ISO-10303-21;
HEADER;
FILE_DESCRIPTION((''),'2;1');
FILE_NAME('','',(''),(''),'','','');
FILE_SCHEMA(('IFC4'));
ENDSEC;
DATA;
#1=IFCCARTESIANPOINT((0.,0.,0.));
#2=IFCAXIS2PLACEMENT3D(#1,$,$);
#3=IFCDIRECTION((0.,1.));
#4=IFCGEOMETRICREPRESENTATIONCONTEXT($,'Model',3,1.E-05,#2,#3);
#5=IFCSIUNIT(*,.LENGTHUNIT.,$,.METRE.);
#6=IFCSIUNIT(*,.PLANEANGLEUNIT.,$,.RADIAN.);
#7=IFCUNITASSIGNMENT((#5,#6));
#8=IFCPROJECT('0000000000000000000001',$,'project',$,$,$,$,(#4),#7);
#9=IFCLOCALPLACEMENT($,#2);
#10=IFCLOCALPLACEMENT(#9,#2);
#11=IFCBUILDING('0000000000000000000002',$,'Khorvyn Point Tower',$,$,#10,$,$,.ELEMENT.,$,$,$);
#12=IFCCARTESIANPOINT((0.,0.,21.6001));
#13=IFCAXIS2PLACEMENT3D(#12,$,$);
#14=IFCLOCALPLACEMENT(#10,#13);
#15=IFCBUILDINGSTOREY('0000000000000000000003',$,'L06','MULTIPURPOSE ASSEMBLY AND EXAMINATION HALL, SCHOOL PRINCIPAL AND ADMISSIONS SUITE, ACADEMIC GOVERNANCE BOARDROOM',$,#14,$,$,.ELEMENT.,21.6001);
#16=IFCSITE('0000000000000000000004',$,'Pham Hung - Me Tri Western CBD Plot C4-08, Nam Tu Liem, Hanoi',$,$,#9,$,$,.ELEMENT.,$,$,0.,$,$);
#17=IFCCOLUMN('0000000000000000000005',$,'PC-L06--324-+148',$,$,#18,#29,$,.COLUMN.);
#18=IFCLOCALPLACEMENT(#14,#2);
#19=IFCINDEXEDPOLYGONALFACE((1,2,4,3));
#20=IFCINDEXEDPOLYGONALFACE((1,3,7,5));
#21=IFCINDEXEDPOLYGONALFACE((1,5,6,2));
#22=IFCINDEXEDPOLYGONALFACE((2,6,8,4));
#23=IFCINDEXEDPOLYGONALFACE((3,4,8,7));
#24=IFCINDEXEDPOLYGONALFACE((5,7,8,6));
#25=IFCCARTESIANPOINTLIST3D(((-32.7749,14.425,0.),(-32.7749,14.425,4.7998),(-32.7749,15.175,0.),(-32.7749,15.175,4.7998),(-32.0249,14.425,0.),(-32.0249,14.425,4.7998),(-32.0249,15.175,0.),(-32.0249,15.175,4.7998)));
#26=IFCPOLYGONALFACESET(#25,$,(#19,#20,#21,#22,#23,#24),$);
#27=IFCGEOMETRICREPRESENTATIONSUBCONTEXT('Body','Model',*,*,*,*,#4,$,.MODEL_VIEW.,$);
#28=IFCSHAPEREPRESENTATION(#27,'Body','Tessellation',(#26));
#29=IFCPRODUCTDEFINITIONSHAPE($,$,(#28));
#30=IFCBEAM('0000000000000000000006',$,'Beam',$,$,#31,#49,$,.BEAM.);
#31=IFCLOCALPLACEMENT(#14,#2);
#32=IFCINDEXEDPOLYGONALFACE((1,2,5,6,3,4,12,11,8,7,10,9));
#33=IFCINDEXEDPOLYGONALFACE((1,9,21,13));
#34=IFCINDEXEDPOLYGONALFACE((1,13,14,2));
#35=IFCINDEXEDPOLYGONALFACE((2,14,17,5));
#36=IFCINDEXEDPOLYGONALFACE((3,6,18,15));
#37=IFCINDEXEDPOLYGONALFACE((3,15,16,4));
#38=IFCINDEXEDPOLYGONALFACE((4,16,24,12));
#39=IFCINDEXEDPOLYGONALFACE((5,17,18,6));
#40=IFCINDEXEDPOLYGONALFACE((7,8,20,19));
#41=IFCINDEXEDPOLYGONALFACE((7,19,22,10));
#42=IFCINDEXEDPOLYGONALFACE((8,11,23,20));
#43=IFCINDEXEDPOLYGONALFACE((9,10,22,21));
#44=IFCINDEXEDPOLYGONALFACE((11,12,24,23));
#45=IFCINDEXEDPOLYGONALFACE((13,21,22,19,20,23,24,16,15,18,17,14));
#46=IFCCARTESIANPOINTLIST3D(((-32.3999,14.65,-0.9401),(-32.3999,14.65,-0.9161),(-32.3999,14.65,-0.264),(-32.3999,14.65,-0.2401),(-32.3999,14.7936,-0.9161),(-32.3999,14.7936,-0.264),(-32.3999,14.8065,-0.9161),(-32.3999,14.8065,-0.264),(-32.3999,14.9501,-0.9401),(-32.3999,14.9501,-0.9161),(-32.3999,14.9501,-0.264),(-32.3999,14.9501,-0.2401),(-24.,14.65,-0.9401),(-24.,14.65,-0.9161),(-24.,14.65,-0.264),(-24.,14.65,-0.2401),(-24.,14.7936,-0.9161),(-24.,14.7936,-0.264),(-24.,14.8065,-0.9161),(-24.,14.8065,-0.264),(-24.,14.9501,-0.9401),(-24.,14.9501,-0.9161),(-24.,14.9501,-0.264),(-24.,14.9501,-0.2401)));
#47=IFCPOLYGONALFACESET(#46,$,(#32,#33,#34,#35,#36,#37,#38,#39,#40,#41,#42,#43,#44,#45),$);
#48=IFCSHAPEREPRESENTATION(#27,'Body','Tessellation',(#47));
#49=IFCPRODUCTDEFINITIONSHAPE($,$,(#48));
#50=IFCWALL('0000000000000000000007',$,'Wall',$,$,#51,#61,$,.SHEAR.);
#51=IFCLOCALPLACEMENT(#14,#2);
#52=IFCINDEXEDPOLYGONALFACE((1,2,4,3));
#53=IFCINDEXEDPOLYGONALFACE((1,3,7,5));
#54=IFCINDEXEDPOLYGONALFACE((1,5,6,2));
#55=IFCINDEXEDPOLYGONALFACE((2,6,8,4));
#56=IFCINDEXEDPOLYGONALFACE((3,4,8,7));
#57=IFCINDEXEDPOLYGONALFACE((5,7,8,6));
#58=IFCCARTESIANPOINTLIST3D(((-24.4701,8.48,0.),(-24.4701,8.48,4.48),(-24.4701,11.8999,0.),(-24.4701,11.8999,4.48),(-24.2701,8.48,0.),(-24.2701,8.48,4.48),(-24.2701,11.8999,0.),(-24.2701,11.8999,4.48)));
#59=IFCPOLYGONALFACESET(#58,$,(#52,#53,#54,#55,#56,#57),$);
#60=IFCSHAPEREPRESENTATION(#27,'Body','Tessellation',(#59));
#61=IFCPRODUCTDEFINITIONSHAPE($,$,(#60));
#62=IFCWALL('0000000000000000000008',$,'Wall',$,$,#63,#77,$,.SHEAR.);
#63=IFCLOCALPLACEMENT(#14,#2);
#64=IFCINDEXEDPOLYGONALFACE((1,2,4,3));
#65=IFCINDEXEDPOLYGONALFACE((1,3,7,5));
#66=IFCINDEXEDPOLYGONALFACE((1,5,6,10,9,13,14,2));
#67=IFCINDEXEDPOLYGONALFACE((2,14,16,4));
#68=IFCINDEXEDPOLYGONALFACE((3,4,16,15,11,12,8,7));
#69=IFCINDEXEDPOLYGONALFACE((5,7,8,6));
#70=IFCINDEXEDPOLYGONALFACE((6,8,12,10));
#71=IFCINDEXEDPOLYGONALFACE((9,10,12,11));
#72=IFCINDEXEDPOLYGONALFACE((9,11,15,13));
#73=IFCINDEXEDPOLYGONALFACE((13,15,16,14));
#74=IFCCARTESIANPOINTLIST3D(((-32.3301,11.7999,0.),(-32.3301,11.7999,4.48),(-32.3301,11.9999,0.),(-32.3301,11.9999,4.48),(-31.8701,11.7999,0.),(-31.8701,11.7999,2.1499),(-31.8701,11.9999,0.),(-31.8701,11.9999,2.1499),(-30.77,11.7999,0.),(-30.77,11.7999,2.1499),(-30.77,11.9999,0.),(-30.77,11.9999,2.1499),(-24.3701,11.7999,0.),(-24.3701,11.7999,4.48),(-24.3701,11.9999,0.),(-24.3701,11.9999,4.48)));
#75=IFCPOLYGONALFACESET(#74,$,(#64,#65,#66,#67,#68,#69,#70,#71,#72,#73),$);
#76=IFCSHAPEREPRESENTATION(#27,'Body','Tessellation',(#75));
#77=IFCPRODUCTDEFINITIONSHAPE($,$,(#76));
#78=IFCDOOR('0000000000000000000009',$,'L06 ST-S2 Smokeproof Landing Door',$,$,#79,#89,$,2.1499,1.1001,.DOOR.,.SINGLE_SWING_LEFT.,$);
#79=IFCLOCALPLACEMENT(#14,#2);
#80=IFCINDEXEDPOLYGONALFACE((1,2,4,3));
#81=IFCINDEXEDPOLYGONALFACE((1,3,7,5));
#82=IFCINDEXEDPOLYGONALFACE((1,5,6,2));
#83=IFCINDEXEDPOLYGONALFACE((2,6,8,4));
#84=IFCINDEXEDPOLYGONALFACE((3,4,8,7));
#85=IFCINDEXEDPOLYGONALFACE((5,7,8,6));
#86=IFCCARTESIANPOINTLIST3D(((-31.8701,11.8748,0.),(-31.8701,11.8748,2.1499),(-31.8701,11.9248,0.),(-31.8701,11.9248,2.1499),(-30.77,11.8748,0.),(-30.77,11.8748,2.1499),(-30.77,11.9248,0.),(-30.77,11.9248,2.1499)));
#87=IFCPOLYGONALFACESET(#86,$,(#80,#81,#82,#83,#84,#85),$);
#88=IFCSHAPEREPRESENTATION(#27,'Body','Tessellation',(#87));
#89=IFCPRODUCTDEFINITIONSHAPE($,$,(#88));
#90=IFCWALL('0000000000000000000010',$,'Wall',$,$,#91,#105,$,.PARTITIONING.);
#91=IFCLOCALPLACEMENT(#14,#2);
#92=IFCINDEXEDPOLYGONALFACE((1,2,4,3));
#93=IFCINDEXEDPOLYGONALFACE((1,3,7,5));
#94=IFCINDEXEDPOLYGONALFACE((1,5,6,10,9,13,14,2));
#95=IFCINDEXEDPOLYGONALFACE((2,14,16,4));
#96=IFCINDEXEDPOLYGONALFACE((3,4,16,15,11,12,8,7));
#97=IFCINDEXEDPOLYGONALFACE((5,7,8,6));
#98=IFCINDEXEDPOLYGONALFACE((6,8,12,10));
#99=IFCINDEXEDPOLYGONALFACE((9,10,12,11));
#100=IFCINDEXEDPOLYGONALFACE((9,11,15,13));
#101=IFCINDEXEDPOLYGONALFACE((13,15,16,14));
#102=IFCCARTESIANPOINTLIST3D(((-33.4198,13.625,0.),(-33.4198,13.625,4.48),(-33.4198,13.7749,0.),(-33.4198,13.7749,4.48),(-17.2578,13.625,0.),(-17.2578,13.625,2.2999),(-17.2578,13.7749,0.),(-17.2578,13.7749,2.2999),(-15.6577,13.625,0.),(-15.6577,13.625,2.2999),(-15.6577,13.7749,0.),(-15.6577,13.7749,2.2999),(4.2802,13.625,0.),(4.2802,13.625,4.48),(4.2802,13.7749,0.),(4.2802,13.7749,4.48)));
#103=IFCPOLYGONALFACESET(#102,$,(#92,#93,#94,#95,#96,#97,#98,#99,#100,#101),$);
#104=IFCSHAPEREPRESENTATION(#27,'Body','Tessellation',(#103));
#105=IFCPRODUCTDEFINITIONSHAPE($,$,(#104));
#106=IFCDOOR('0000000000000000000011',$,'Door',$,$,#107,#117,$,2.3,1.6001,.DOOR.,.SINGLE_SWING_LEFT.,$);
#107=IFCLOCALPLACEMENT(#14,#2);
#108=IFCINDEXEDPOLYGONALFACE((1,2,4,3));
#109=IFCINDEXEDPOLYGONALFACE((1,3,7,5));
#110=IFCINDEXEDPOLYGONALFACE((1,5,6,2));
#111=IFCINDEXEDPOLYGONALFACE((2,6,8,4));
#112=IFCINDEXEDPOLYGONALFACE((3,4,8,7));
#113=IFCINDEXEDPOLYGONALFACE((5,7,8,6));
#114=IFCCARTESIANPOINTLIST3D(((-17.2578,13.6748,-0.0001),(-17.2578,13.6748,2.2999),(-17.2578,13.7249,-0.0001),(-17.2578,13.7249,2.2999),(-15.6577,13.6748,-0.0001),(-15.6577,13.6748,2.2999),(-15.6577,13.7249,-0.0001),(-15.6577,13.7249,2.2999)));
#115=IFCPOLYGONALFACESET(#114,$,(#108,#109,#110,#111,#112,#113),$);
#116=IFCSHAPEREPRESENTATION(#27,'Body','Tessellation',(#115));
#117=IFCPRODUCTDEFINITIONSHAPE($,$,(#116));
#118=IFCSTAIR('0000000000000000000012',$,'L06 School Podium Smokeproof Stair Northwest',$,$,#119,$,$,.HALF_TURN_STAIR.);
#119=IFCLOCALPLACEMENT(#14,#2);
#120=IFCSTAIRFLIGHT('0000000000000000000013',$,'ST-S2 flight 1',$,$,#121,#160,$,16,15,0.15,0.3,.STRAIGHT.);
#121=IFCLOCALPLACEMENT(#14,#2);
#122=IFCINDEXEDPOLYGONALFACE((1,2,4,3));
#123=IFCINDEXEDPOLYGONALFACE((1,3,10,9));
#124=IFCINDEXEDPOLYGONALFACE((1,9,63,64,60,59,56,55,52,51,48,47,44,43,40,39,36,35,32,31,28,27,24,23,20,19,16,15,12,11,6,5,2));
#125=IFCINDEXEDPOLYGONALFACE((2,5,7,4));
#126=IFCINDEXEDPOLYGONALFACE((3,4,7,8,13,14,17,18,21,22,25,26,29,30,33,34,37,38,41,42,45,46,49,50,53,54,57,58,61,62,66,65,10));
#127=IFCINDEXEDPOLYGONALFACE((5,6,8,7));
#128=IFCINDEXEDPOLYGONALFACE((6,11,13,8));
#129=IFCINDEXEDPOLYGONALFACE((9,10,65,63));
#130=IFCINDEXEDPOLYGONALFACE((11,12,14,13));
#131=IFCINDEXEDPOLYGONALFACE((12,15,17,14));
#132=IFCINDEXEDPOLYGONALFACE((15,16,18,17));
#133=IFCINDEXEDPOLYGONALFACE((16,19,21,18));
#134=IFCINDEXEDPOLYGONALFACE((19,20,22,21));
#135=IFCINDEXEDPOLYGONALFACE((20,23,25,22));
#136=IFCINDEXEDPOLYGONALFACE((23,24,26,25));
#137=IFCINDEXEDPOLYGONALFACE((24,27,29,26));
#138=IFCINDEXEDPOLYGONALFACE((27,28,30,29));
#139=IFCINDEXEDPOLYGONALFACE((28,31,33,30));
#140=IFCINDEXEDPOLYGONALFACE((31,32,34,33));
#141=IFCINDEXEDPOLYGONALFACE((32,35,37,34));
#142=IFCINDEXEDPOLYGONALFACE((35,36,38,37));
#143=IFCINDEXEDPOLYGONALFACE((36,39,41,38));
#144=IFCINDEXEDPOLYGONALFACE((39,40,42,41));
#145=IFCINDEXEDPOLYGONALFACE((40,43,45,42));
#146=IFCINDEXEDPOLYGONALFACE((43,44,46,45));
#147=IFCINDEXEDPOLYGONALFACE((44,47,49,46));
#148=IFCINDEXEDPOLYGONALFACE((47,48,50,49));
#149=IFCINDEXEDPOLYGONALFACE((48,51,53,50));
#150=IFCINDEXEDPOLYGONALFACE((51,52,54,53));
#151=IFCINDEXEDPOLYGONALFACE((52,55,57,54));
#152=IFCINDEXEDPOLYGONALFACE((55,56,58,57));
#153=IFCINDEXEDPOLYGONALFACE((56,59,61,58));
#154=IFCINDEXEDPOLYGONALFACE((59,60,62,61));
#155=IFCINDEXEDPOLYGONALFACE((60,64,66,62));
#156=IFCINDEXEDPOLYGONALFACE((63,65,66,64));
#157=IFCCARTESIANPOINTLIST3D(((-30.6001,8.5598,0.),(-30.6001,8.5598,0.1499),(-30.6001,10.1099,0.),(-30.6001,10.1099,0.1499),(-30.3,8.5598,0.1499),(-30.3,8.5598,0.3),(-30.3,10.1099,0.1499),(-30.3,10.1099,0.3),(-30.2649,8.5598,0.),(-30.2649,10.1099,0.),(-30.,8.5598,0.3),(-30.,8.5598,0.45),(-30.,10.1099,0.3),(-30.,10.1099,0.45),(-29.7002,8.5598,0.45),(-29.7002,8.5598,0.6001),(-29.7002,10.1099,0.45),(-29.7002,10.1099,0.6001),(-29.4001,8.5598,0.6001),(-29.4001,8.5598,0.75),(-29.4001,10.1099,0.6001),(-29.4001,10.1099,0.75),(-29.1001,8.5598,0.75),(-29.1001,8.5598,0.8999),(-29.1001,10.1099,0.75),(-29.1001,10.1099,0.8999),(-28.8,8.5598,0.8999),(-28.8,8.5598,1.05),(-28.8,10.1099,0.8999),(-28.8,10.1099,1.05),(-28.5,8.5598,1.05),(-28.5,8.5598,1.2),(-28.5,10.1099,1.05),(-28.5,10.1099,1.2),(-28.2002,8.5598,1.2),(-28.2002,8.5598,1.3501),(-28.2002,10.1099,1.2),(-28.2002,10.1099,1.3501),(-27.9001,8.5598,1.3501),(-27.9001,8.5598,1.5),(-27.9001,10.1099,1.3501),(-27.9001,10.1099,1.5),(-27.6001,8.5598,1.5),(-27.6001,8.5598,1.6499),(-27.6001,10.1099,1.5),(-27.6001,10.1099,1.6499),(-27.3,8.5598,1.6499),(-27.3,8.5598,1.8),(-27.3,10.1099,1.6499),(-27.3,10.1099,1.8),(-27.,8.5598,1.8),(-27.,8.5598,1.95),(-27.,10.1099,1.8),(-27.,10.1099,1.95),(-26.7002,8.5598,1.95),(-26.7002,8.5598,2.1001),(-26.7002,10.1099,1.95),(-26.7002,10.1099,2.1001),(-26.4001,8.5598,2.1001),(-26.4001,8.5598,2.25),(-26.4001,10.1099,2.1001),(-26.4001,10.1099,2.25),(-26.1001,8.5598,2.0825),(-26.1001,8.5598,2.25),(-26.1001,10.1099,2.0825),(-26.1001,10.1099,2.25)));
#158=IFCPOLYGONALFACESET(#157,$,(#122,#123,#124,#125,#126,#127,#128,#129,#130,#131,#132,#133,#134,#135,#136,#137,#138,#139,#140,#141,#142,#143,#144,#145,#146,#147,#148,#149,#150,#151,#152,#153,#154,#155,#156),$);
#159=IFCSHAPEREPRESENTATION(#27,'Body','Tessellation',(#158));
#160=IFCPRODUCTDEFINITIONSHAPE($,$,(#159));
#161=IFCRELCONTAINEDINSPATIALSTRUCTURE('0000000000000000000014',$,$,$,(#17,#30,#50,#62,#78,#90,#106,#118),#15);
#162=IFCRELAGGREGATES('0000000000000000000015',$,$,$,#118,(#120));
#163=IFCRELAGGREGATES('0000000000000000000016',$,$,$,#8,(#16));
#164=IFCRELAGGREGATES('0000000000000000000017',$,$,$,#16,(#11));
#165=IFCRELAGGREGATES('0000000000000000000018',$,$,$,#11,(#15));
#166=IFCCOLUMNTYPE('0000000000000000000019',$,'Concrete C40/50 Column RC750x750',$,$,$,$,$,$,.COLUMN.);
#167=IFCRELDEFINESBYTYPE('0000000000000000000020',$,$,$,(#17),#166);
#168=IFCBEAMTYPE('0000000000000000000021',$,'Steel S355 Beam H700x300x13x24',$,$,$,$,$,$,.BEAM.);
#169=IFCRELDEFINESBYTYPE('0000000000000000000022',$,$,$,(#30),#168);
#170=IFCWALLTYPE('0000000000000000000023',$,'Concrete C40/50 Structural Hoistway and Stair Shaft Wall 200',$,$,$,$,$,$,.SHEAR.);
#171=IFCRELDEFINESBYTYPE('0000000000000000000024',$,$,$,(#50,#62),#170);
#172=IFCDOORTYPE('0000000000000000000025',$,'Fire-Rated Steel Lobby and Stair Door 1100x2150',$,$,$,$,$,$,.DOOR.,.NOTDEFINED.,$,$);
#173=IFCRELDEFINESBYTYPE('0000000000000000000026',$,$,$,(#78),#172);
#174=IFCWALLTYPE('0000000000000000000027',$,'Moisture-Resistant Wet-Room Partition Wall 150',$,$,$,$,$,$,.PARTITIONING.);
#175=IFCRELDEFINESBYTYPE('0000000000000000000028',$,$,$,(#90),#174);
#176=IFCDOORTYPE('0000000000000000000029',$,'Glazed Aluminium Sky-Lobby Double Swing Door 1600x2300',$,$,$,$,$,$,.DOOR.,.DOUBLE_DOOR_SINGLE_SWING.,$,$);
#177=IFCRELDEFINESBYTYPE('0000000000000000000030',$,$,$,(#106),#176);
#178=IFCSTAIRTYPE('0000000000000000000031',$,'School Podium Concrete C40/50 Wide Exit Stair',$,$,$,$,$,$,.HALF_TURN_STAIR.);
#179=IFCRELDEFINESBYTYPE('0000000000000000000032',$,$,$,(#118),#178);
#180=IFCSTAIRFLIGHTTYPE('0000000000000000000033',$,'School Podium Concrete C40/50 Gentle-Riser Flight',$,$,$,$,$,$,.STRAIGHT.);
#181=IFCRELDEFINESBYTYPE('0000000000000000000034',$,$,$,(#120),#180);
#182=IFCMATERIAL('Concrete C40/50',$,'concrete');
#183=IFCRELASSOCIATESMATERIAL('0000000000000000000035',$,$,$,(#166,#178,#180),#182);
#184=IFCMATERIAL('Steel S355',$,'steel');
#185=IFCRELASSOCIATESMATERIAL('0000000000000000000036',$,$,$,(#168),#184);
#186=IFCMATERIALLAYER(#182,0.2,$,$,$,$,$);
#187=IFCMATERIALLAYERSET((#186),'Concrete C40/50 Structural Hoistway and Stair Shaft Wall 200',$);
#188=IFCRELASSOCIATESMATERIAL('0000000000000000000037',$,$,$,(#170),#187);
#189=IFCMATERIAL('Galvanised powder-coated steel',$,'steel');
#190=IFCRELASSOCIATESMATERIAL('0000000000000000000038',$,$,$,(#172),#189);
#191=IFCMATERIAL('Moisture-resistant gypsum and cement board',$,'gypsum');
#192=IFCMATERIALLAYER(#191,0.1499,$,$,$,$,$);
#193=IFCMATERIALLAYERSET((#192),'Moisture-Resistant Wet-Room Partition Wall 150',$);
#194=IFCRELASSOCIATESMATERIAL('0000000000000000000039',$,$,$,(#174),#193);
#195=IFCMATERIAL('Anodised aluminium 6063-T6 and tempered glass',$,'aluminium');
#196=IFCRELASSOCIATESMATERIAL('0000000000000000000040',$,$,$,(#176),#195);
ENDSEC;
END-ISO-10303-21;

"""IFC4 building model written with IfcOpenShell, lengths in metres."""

from ifc_helpers import new_model, si_unit, direction, frame, frame_2d, origin, origin_2d, place, context, subcontext, project, spatial, polyline, rectangle, i_section, outline, extrude, material, layer, layer_set, material_profile, profile_set, type_object, element, fill, aggregate, save


model = new_model("IFC4")

# Units and contexts
model_context = context("Model", 3, precision=1e-05, world=origin(), true_north=direction((0.0, 1.0)))
body_context = subcontext(model_context, "Body", "Model", "MODEL_VIEW")
ifc_project = project(units=[si_unit("LENGTHUNIT", "METRE"), si_unit("PLANEANGLEUNIT", "RADIAN")], contexts=[model_context])

# Site, building, storey
site_placement = place(None, origin())
site = spatial("IfcSite", under=ifc_project, at=site_placement, Name="Pham Hung - Me Tri Western CBD Plot C4-08, Nam Tu Liem, Hanoi", CompositionType="ELEMENT", RefElevation=0.0)
building_placement = place(site_placement, origin())
building = spatial("IfcBuilding", under=site, at=building_placement, Name="Khorvyn Point Tower", CompositionType="ELEMENT")
storey_placement = place(building_placement, frame((0.0, 0.0, 21.6001)))
storey = spatial("IfcBuildingStorey", under=building, at=storey_placement, Name="L06", Description="MULTIPURPOSE ASSEMBLY AND EXAMINATION HALL, SCHOOL PRINCIPAL AND ADMISSIONS SUITE, ACADEMIC GOVERNANCE BOARDROOM", CompositionType="ELEMENT", Elevation=21.6001)

# Column
ifc_material_1 = material(Name="Concrete C40/50", Category="concrete")
ifc_material_profile_1 = material_profile(ifc_material_1, rectangle(XDim=0.75, YDim=0.75, at=origin_2d()))
ifc_profile_set_1 = profile_set([ifc_material_profile_1], Name="Concrete C40/50 RC750x750")
column_type = type_object("IfcColumnType", Name="Concrete C40/50 Column RC750x750", PredefinedType="COLUMN", material=ifc_profile_set_1)
column_placement = place(storey_placement, frame((-32.3999, 14.8, 0.0), z_axis=(0.0, 0.0, 1.0), x_axis=(1.0, 0.0, 0.0)))
element("IfcColumn", 1, at=column_placement, inside=storey, type_object=column_type, Name="PC-L06--324-+148", PredefinedType="COLUMN", context=body_context, shape_type="SweptSolid", body=[
    extrude(rectangle(XDim=0.75, YDim=0.75, at=origin_2d()), origin(), (0.0, 0.0, 1.0), 4.7998),
])

# Beam
ifc_material_2 = material(Name="Steel S355", Category="steel")
ifc_material_profile_2 = material_profile(ifc_material_2, i_section(OverallWidth=0.3, OverallDepth=0.7, WebThickness=0.0129, FlangeThickness=0.0239, at=origin_2d()))
ifc_profile_set_2 = profile_set([ifc_material_profile_2], Name="Steel S355 H700x300x13x24")
beam_type = type_object("IfcBeamType", Name="Steel S355 Beam H700x300x13x24", PredefinedType="BEAM", material=ifc_profile_set_2)
beam_placement = place(storey_placement, frame((-32.3999, 14.8, -0.5901), z_axis=(1.0, 0.0, 0.0), x_axis=(0.0, 1.0, 0.0)))
element("IfcBeam", 2, at=beam_placement, inside=storey, type_object=beam_type, Name="Beam", PredefinedType="BEAM", context=body_context, shape_type="SweptSolid", body=[
    extrude(i_section(OverallWidth=0.3, OverallDepth=0.7, WebThickness=0.0129, FlangeThickness=0.0239, at=origin_2d()), origin(), (0.0, 0.0, 1.0), 8.3999),
])

# Wall
ifc_layer_1 = layer(ifc_material_1, 0.2)
ifc_layer_set_1 = layer_set([ifc_layer_1], Name="Concrete C40/50 Structural Hoistway and Stair Shaft Wall 200")
wall_type_1 = type_object("IfcWallType", Name="Concrete C40/50 Structural Hoistway and Stair Shaft Wall 200", PredefinedType="SHEAR", material=ifc_layer_set_1)
wall_1_placement = place(storey_placement, frame((-24.3701, 11.8999, 0.0), z_axis=(0.0, 0.0, 1.0), x_axis=(0.0, -1.0, 0.0)))
element("IfcWall", 3, at=wall_1_placement, inside=storey, type_object=wall_type_1, Name="Wall", PredefinedType="SHEAR", context=body_context, shape_type="SweptSolid", body=[
    extrude(rectangle(XDim=3.4199, YDim=0.2, at=frame_2d((1.71, 0.0))), origin(), (0.0, 0.0, 1.0), 4.48),
])

# Walls, openings, doors
wall_2_placement = place(storey_placement, frame((-32.3301, 11.8999, 0.0), z_axis=(0.0, 0.0, 1.0), x_axis=(1.0, 0.0, 0.0)))
wall_2 = element("IfcWall", 4, at=wall_2_placement, inside=storey, type_object=wall_type_1, Name="Wall", PredefinedType="SHEAR", context=body_context, shape_type="SweptSolid", body=[
    extrude(rectangle(XDim=7.96, YDim=0.2, at=frame_2d((3.98, 0.0))), origin(), (0.0, 0.0, 1.0), 4.48),
])
opening_1_placement = place(wall_2_placement, frame((0.46, 0.0, 0.0)))
opening_1 = element("IfcOpeningElement", 5, at=opening_1_placement, cuts=wall_2, PredefinedType="OPENING", context=body_context, shape_type="SweptSolid", body=[
    extrude(rectangle(XDim=1.1001, YDim=2.1499, at=frame_2d((0.55, 1.075))), frame((0.0, 0.1099, 0.0), z_axis=(0.0, -1.0, 0.0), x_axis=(1.0, 0.0, 0.0)), (0.0, 0.0, 1.0), 0.22),
])
ifc_material_3 = material(Name="Galvanised powder-coated steel", Category="steel")
door_type_1 = type_object("IfcDoorType", Name="Fire-Rated Steel Lobby and Stair Door 1100x2150", OperationType="NOTDEFINED", PredefinedType="DOOR", material=ifc_material_3)
door_1_placement = place(opening_1_placement, origin())
door_1 = element("IfcDoor", 6, at=door_1_placement, inside=storey, type_object=door_type_1, Name="L06 ST-S2 Smokeproof Landing Door", OperationType="SINGLE_SWING_LEFT", OverallHeight=2.1499, OverallWidth=1.1001, PredefinedType="DOOR", context=body_context, shape_type="SweptSolid", body=[
    extrude(rectangle(XDim=1.1001, YDim=2.1499, at=frame_2d((0.55, 1.075))), frame((0.0, 0.0249, 0.0), z_axis=(0.0, -1.0, 0.0), x_axis=(1.0, 0.0, 0.0)), (0.0, 0.0, 1.0), 0.05),
])
fill(opening_1, door_1)
ifc_material_4 = material(Name="Moisture-resistant gypsum and cement board", Category="gypsum")
ifc_layer_2 = layer(ifc_material_4, 0.1499)
ifc_layer_set_2 = layer_set([ifc_layer_2], Name="Moisture-Resistant Wet-Room Partition Wall 150")
wall_type_2 = type_object("IfcWallType", Name="Moisture-Resistant Wet-Room Partition Wall 150", PredefinedType="PARTITIONING", material=ifc_layer_set_2)
wall_3_placement = place(storey_placement, frame((-33.4199, 13.7, 0.0), z_axis=(0.0, 0.0, 1.0), x_axis=(1.0, 0.0, 0.0)))
wall_3 = element("IfcWall", 7, at=wall_3_placement, inside=storey, type_object=wall_type_2, Name="Wall", PredefinedType="PARTITIONING", context=body_context, shape_type="SweptSolid", body=[
    extrude(rectangle(XDim=37.7, YDim=0.1499, at=frame_2d((18.8501, 0.0))), origin(), (0.0, 0.0, 1.0), 4.48),
])
opening_2_placement = place(wall_3_placement, frame((16.1621, 0.0, 0.0)))
opening_2 = element("IfcOpeningElement", 8, at=opening_2_placement, cuts=wall_3, PredefinedType="OPENING", context=body_context, shape_type="SweptSolid", body=[
    extrude(rectangle(XDim=1.6001, YDim=2.3, at=frame_2d((0.8, 1.1499))), frame((0.0, 0.085, 0.0), z_axis=(0.0, -1.0, 0.0), x_axis=(1.0, 0.0, 0.0)), (0.0, 0.0, 1.0), 0.1699),
])
ifc_material_5 = material(Name="Anodised aluminium 6063-T6 and tempered glass", Category="aluminium")
door_type_2 = type_object("IfcDoorType", Name="Glazed Aluminium Sky-Lobby Double Swing Door 1600x2300", OperationType="DOUBLE_DOOR_SINGLE_SWING", PredefinedType="DOOR", material=ifc_material_5)
door_2_placement = place(opening_2_placement, origin())
door_2 = element("IfcDoor", 9, at=door_2_placement, inside=storey, type_object=door_type_2, Name="Door", OperationType="SINGLE_SWING_LEFT", OverallHeight=2.3, OverallWidth=1.6001, PredefinedType="DOOR", context=body_context, shape_type="SweptSolid", body=[
    extrude(rectangle(XDim=1.6001, YDim=2.3, at=frame_2d((0.8, 1.1499))), frame((0.0, 0.0249, 0.0), z_axis=(0.0, -1.0, 0.0), x_axis=(1.0, 0.0, 0.0)), (0.0, 0.0, 1.0), 0.05),
])
fill(opening_2, door_2)

# Stair, stair flight
stair_type = type_object("IfcStairType", Name="School Podium Concrete C40/50 Wide Exit Stair", PredefinedType="HALF_TURN_STAIR", material=ifc_material_1)
stair_placement = place(storey_placement, origin())
stair = element("IfcStair", 10, at=stair_placement, inside=storey, type_object=stair_type, Name="L06 School Podium Smokeproof Stair Northwest", PredefinedType="HALF_TURN_STAIR")
stair_flight_type = type_object("IfcStairFlightType", Name="School Podium Concrete C40/50 Gentle-Riser Flight", PredefinedType="STRAIGHT", material=ifc_material_1)
stair_flight_1_placement = place(storey_placement, frame((-30.6001, 9.335, 0.0), z_axis=(0.0, 0.0, 1.0), x_axis=(1.0, 0.0, 0.0)))
stair_flight_1 = element("IfcStairFlight", 11, at=stair_flight_1_placement, type_object=stair_flight_type, Name="ST-S2 flight 1", NumberOfRisers=16, NumberOfTreads=15, PredefinedType="STRAIGHT", RiserHeight=0.15, TreadLength=0.3, context=body_context, shape_type="SweptSolid", body=[
    extrude(outline(polyline([(0.0, 0.0), (0.0, 0.1499), (0.3, 0.1499), (0.3, 0.3), (0.6001, 0.3), (0.6001, 0.45), (0.8999, 0.45), (0.8999, 0.6001), (1.2, 0.6001), (1.2, 0.75), (1.5, 0.75), (1.5, 0.8999), (1.8, 0.8999), (1.8, 1.05), (2.1001, 1.05), (2.1001, 1.2), (2.3999, 1.2), (2.3999, 1.3501), (2.7, 1.3501), (2.7, 1.5), (3.0, 1.5), (3.0, 1.6499), (3.3, 1.6499), (3.3, 1.8), (3.6001, 1.8), (3.6001, 1.95), (3.8999, 1.95), (3.8999, 2.1001), (4.2, 2.1001), (4.2, 2.25), (4.5, 2.25), (4.5, 2.3999), (4.5, 2.0825), (0.3352, 0.0), (0.0, 0.0)])), frame((0.0, 0.7749, 0.0), z_axis=(0.0, -1.0, 0.0), x_axis=(1.0, 0.0, 0.0)), (0.0, 0.0, 1.0), 1.55),
])
aggregate(stair, [stair_flight_1])

save(model, "model.ifc")
